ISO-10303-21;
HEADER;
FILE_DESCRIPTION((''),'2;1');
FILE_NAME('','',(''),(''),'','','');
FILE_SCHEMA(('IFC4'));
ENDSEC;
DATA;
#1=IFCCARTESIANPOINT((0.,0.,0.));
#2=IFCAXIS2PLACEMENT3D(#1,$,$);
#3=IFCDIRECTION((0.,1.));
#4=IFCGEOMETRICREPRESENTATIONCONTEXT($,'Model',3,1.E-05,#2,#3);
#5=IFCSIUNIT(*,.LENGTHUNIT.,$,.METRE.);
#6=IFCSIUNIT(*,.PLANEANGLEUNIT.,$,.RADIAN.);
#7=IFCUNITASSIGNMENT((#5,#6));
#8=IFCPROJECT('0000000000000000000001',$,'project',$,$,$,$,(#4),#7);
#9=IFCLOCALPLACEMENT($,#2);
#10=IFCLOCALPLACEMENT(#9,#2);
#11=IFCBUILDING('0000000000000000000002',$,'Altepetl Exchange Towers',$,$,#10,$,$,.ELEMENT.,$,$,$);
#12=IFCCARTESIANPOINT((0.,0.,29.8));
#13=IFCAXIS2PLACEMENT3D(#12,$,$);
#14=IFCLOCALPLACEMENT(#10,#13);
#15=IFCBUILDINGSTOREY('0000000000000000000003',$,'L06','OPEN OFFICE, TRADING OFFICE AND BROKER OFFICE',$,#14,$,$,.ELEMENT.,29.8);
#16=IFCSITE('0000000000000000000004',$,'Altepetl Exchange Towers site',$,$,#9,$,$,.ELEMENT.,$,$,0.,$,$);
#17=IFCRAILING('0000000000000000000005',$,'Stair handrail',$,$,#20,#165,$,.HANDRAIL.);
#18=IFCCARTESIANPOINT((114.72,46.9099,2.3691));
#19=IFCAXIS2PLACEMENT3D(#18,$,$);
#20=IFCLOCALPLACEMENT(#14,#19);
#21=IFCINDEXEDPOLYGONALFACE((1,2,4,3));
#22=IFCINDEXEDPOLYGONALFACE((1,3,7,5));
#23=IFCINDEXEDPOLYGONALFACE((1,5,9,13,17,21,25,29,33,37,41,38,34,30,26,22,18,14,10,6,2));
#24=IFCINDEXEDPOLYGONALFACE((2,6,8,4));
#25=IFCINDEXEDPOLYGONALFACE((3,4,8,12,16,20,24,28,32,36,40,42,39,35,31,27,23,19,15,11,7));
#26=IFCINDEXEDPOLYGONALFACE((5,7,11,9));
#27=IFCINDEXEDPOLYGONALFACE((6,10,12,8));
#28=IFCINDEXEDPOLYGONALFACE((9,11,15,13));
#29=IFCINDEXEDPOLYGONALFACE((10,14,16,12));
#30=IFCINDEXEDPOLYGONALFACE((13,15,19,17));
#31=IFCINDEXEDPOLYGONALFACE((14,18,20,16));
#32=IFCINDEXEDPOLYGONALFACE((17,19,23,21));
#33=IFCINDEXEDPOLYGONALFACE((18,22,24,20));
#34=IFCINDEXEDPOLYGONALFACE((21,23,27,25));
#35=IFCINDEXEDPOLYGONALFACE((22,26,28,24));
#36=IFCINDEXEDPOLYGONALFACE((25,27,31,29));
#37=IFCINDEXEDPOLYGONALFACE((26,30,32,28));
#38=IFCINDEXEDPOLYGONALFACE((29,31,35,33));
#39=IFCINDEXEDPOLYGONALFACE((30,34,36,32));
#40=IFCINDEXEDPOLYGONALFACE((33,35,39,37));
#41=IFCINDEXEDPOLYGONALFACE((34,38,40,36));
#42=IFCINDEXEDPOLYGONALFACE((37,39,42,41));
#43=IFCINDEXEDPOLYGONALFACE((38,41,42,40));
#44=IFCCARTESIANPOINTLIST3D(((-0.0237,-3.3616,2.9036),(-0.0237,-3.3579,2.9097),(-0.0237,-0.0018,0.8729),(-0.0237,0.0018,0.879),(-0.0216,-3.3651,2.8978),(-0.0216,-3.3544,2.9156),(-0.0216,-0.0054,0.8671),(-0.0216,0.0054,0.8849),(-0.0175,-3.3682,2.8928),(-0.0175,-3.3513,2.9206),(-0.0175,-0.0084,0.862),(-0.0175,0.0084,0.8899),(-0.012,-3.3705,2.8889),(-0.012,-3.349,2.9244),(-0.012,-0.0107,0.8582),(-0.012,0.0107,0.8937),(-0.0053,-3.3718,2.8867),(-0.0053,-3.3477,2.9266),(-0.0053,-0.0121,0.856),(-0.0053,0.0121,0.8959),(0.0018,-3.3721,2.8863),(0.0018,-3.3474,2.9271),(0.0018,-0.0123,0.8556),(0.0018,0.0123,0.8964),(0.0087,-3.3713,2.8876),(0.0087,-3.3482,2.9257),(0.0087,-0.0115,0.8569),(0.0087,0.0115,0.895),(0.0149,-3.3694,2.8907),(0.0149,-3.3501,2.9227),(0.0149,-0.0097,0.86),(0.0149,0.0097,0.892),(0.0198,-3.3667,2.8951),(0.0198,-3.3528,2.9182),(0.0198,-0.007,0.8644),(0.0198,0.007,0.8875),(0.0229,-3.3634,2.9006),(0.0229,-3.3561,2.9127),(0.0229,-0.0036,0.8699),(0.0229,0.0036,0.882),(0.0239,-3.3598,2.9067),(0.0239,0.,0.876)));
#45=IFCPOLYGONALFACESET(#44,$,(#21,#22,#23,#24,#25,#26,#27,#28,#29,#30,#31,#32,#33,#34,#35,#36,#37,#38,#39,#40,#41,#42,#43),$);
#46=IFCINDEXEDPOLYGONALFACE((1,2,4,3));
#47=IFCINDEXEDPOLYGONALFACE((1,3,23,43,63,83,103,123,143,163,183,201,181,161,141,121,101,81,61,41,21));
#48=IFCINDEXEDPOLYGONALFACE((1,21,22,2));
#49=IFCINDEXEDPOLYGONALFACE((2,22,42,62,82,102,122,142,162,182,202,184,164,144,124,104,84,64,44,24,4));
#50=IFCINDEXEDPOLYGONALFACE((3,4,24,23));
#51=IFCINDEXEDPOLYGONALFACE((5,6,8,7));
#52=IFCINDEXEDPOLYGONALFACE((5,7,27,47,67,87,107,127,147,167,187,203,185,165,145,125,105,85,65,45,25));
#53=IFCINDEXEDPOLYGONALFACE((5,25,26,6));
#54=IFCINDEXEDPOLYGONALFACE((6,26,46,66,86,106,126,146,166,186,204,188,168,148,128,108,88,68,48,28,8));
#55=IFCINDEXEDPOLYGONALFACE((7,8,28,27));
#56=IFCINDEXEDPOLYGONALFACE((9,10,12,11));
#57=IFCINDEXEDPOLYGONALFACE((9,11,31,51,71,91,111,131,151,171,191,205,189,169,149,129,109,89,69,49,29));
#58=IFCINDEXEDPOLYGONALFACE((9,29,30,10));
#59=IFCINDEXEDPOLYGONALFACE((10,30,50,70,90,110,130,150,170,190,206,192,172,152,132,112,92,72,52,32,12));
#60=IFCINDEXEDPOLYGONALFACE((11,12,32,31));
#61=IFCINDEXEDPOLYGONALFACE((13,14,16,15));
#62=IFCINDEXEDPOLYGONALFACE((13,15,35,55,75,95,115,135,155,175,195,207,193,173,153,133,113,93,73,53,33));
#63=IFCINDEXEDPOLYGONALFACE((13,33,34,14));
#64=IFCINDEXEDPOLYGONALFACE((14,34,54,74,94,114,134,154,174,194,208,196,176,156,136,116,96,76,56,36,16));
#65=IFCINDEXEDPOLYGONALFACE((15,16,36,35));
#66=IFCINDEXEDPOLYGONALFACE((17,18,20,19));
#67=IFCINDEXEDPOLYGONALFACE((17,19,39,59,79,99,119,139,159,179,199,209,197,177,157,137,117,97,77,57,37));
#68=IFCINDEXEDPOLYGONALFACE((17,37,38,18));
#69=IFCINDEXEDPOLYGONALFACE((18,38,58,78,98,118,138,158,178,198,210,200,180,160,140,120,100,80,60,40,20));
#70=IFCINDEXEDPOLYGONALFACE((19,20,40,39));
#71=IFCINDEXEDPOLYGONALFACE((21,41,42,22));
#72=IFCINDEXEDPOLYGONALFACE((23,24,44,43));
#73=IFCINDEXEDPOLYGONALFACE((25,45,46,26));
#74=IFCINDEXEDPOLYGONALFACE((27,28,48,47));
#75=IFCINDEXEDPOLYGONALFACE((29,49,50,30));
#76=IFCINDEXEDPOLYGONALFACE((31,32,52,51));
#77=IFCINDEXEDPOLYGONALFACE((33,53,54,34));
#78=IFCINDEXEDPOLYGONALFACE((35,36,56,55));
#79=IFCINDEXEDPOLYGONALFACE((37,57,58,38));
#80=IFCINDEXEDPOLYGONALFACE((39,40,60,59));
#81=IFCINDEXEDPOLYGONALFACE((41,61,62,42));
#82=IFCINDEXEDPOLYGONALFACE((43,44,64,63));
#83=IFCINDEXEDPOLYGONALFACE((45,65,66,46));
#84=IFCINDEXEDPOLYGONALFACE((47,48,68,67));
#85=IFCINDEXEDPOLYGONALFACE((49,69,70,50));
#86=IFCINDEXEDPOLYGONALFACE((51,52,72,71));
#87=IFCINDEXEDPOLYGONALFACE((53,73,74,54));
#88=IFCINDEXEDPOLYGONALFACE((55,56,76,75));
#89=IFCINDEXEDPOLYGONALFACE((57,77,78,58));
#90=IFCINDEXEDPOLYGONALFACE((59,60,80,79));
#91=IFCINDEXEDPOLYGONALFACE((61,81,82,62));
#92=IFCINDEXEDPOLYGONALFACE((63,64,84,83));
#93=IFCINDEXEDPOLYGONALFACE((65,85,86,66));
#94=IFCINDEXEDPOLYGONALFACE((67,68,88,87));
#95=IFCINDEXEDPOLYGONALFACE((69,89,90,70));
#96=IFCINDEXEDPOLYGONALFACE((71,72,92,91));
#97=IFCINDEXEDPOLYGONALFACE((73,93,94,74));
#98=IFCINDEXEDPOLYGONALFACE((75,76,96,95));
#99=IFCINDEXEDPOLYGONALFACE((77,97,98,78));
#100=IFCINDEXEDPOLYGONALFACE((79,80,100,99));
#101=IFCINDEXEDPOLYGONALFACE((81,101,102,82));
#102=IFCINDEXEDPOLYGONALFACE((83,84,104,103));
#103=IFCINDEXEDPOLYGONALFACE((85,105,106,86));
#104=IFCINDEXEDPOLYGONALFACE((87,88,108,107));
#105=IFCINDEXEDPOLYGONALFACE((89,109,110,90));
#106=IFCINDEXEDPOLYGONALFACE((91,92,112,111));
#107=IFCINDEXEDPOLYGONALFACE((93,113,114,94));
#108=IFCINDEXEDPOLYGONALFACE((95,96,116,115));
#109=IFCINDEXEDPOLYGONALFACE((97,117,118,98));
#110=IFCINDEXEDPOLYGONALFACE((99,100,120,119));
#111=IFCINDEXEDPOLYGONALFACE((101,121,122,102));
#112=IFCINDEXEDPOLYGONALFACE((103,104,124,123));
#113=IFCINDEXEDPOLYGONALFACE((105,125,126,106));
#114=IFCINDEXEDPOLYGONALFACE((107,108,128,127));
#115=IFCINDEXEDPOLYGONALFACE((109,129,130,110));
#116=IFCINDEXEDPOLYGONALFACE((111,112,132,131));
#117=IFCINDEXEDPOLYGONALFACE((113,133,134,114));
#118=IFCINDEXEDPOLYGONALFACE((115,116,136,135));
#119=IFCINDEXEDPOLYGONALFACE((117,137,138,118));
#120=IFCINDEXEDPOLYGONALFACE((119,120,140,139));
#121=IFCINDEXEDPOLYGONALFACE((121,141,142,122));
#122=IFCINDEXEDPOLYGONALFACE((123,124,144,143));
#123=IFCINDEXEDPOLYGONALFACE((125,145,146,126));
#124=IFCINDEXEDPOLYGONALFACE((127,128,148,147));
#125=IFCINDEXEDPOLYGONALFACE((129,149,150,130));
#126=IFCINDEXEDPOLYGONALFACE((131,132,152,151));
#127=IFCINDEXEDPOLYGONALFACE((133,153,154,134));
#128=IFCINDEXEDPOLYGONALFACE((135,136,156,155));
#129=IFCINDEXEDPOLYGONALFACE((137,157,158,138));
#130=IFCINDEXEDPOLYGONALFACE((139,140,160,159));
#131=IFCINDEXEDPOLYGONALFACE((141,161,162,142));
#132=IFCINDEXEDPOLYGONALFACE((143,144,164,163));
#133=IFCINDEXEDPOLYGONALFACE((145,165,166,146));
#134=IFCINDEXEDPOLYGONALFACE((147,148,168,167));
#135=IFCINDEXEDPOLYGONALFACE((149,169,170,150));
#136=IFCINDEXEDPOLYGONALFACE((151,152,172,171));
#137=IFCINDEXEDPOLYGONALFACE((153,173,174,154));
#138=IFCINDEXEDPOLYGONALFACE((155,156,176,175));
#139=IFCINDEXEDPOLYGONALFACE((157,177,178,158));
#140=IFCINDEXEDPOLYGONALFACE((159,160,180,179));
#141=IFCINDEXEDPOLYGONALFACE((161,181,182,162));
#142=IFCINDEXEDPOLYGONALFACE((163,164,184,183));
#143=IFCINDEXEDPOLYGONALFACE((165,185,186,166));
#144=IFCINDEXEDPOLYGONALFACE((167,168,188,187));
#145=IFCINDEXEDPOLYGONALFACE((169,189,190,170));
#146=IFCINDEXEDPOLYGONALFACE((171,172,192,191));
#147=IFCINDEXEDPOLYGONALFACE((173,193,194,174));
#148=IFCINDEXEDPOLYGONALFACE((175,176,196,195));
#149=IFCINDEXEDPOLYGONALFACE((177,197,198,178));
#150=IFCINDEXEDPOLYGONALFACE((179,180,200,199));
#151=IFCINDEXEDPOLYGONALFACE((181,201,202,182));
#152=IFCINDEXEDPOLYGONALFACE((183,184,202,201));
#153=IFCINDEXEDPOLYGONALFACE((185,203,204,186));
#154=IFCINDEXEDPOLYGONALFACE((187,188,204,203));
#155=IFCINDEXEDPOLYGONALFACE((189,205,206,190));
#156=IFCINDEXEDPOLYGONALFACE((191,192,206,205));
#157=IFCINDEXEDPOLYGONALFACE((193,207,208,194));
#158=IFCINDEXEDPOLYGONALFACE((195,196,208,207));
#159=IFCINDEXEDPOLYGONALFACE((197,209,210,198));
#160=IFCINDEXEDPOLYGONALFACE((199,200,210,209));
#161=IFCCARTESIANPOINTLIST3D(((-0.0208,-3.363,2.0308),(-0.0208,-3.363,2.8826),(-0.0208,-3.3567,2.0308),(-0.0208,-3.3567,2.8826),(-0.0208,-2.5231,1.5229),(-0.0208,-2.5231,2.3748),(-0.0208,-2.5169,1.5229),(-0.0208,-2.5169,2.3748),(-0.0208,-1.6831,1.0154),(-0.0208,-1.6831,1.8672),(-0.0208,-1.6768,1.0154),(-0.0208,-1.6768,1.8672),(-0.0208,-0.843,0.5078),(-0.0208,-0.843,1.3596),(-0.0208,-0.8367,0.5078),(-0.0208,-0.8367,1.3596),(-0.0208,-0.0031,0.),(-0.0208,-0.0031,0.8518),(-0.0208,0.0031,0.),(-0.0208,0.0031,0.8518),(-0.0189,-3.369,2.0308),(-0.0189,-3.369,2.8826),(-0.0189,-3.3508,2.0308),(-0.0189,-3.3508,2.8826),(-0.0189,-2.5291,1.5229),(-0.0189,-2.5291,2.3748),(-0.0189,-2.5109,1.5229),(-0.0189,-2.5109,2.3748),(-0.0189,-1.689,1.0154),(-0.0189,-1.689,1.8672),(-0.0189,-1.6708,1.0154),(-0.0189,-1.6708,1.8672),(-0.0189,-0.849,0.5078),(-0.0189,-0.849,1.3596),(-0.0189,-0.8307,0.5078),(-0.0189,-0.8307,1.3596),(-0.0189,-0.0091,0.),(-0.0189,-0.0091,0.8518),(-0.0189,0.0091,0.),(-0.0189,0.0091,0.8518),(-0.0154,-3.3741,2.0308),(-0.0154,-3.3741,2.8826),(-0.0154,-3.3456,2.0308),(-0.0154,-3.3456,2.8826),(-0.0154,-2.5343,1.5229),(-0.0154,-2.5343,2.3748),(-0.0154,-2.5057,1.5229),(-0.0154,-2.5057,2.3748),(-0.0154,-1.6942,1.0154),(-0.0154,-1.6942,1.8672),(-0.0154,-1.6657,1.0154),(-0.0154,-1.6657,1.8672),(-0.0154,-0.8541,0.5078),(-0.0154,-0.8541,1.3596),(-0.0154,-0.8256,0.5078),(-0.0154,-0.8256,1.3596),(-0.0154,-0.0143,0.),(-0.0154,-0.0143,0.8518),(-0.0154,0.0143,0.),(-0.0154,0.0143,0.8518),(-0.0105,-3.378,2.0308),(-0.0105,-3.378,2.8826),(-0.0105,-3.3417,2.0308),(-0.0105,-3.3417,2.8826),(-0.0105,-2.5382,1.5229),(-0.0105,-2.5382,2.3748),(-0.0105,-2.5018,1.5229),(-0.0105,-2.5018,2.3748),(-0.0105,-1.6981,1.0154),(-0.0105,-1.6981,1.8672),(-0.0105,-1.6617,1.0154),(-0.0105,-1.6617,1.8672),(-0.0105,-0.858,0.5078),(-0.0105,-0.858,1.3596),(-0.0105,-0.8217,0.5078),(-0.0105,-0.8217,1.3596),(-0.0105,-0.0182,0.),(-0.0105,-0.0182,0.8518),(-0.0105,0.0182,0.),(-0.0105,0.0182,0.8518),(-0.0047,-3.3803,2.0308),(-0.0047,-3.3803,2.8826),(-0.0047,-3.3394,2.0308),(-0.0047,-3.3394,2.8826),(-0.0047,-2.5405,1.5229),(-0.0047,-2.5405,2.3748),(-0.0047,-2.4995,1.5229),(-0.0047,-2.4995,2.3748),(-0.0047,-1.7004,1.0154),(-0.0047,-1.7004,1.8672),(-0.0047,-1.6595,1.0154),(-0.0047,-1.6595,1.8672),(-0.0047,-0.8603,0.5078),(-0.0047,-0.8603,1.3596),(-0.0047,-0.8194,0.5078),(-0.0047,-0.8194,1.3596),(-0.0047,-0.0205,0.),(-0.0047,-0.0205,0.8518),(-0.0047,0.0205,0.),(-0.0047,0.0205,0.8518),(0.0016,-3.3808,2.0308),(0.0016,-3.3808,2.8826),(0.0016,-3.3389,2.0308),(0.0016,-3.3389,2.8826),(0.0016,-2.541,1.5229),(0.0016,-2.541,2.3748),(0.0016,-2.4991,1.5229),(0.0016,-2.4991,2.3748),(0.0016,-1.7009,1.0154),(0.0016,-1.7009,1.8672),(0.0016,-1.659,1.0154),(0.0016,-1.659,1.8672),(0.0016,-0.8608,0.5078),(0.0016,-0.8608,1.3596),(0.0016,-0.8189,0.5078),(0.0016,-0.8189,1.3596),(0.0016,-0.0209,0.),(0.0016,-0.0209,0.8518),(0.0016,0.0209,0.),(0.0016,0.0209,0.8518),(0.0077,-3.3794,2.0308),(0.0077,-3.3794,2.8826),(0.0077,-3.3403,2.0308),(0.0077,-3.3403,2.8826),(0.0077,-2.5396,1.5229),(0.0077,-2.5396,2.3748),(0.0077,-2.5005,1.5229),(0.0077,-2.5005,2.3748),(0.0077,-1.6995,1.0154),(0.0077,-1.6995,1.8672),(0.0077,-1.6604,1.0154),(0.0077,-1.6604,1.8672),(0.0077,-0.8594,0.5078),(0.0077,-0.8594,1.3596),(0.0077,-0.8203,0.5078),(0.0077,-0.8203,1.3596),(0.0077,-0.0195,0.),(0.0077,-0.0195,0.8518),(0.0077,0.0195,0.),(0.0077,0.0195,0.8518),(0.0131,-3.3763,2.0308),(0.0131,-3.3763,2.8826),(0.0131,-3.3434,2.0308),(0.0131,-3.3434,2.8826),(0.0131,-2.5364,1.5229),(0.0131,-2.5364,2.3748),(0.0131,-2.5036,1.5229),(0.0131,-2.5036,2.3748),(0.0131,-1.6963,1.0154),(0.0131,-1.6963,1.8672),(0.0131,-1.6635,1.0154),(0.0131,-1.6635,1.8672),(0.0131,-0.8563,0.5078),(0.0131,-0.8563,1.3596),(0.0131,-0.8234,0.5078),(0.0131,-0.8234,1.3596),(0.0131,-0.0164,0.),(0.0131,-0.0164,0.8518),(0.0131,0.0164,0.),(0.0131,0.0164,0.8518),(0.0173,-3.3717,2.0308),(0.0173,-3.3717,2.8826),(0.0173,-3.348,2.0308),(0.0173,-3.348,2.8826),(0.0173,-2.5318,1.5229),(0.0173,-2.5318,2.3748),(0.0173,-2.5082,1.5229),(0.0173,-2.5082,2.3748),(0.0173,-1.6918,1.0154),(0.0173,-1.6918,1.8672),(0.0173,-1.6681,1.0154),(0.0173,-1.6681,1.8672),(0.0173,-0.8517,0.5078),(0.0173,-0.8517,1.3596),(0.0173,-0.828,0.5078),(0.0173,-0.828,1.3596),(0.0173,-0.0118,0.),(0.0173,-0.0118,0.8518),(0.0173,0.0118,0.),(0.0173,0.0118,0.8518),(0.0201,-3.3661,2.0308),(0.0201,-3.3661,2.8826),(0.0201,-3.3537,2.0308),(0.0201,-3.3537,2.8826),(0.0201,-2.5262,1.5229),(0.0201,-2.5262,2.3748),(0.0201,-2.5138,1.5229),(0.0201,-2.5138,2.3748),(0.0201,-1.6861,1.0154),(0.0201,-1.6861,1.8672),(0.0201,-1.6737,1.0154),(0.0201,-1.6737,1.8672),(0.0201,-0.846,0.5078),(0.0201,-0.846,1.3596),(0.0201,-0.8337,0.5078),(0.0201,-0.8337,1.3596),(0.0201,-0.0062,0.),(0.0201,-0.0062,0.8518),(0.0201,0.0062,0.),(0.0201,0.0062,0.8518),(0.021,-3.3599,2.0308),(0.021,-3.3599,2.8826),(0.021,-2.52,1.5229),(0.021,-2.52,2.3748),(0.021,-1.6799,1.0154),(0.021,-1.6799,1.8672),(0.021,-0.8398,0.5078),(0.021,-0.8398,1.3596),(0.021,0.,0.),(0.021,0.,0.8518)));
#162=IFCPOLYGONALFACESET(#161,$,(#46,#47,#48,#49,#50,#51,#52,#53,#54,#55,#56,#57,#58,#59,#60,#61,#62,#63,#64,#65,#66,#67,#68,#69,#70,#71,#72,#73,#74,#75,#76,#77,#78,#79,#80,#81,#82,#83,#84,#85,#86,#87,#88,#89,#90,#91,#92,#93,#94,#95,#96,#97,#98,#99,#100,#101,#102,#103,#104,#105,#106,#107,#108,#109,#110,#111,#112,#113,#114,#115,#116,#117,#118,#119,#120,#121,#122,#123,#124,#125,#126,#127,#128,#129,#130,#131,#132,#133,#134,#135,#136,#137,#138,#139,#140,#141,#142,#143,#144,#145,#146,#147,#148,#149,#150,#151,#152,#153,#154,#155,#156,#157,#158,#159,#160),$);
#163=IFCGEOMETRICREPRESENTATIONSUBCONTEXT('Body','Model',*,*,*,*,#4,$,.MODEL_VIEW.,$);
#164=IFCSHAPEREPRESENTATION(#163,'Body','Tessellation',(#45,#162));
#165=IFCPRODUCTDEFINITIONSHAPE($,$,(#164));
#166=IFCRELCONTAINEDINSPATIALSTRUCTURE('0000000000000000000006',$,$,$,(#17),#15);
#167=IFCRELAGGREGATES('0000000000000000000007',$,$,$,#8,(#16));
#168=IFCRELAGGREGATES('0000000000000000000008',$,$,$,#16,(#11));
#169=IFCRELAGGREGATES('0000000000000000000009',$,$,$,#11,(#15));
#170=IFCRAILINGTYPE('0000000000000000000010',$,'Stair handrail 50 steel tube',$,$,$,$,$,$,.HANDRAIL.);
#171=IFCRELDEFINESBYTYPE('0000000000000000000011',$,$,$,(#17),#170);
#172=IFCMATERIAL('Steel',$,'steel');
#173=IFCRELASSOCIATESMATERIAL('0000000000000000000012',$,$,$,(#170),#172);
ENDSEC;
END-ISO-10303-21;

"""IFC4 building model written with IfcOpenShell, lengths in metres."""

from ifc_helpers import new_model, si_unit, direction, frame, origin, origin_2d, place, context, subcontext, project, spatial, circle, extrude, source, transform, mapped, material, type_object, element, save


model = new_model("IFC4")

# Units and contexts
model_context = context("Model", 3, precision=1e-05, world=origin(), true_north=direction((0.0, 1.0)))
body_context = subcontext(model_context, "Body", "Model", "MODEL_VIEW")
ifc_project = project(units=[si_unit("LENGTHUNIT", "METRE"), si_unit("PLANEANGLEUNIT", "RADIAN")], contexts=[model_context])

# Site, building, storey
site_placement = place(None, origin())
site = spatial("IfcSite", under=ifc_project, at=site_placement, Name="Altepetl Exchange Towers site", CompositionType="ELEMENT", RefElevation=0.0)
building_placement = place(site_placement, origin())
building = spatial("IfcBuilding", under=site, at=building_placement, Name="Altepetl Exchange Towers", CompositionType="ELEMENT")
storey_placement = place(building_placement, frame((0.0, 0.0, 29.8)))
storey = spatial("IfcBuildingStorey", under=building, at=storey_placement, Name="L06", Description="OPEN OFFICE, TRADING OFFICE AND BROKER OFFICE", CompositionType="ELEMENT", Elevation=29.8)

# Railing
ifc_material_1 = material(Name="Steel", Category="steel")
railing_type = type_object("IfcRailingType", Name="Stair handrail 50 steel tube", PredefinedType="HANDRAIL", material=ifc_material_1)
shared_shape = source(origin(), body_context, "Body", "SweptSolid", [
    extrude(circle(Radius=0.021, at=origin_2d()), origin(), (0.0, 0.0, 1.0), 0.8518),
])
railing_1_placement = place(storey_placement, frame((114.72, 46.9099, 2.3691)))
element("IfcRailing", 1, at=railing_1_placement, inside=storey, type_object=railing_type, Name="Stair handrail", PredefinedType="HANDRAIL", context=body_context, shape_type="SweptSolid", body=[
    extrude(circle(Radius=0.0239, at=origin_2d()), frame((0.0, 0.0, 0.876), z_axis=(0.0, -0.85582, 0.517273), x_axis=(1.0, 0.0, 0.0)), (0.0, 0.0, 1.0), 3.9258),
    mapped(shared_shape, transform((0.0, 0.0, 0.0))),
    mapped(shared_shape, transform((0.0, -0.8398, 0.5078))),
    mapped(shared_shape, transform((0.0, -1.6799, 1.0154))),
    mapped(shared_shape, transform((0.0, -2.52, 1.5229))),
    mapped(shared_shape, transform((0.0, -3.3599, 2.0308))),
])

save(model, "model.ifc")
